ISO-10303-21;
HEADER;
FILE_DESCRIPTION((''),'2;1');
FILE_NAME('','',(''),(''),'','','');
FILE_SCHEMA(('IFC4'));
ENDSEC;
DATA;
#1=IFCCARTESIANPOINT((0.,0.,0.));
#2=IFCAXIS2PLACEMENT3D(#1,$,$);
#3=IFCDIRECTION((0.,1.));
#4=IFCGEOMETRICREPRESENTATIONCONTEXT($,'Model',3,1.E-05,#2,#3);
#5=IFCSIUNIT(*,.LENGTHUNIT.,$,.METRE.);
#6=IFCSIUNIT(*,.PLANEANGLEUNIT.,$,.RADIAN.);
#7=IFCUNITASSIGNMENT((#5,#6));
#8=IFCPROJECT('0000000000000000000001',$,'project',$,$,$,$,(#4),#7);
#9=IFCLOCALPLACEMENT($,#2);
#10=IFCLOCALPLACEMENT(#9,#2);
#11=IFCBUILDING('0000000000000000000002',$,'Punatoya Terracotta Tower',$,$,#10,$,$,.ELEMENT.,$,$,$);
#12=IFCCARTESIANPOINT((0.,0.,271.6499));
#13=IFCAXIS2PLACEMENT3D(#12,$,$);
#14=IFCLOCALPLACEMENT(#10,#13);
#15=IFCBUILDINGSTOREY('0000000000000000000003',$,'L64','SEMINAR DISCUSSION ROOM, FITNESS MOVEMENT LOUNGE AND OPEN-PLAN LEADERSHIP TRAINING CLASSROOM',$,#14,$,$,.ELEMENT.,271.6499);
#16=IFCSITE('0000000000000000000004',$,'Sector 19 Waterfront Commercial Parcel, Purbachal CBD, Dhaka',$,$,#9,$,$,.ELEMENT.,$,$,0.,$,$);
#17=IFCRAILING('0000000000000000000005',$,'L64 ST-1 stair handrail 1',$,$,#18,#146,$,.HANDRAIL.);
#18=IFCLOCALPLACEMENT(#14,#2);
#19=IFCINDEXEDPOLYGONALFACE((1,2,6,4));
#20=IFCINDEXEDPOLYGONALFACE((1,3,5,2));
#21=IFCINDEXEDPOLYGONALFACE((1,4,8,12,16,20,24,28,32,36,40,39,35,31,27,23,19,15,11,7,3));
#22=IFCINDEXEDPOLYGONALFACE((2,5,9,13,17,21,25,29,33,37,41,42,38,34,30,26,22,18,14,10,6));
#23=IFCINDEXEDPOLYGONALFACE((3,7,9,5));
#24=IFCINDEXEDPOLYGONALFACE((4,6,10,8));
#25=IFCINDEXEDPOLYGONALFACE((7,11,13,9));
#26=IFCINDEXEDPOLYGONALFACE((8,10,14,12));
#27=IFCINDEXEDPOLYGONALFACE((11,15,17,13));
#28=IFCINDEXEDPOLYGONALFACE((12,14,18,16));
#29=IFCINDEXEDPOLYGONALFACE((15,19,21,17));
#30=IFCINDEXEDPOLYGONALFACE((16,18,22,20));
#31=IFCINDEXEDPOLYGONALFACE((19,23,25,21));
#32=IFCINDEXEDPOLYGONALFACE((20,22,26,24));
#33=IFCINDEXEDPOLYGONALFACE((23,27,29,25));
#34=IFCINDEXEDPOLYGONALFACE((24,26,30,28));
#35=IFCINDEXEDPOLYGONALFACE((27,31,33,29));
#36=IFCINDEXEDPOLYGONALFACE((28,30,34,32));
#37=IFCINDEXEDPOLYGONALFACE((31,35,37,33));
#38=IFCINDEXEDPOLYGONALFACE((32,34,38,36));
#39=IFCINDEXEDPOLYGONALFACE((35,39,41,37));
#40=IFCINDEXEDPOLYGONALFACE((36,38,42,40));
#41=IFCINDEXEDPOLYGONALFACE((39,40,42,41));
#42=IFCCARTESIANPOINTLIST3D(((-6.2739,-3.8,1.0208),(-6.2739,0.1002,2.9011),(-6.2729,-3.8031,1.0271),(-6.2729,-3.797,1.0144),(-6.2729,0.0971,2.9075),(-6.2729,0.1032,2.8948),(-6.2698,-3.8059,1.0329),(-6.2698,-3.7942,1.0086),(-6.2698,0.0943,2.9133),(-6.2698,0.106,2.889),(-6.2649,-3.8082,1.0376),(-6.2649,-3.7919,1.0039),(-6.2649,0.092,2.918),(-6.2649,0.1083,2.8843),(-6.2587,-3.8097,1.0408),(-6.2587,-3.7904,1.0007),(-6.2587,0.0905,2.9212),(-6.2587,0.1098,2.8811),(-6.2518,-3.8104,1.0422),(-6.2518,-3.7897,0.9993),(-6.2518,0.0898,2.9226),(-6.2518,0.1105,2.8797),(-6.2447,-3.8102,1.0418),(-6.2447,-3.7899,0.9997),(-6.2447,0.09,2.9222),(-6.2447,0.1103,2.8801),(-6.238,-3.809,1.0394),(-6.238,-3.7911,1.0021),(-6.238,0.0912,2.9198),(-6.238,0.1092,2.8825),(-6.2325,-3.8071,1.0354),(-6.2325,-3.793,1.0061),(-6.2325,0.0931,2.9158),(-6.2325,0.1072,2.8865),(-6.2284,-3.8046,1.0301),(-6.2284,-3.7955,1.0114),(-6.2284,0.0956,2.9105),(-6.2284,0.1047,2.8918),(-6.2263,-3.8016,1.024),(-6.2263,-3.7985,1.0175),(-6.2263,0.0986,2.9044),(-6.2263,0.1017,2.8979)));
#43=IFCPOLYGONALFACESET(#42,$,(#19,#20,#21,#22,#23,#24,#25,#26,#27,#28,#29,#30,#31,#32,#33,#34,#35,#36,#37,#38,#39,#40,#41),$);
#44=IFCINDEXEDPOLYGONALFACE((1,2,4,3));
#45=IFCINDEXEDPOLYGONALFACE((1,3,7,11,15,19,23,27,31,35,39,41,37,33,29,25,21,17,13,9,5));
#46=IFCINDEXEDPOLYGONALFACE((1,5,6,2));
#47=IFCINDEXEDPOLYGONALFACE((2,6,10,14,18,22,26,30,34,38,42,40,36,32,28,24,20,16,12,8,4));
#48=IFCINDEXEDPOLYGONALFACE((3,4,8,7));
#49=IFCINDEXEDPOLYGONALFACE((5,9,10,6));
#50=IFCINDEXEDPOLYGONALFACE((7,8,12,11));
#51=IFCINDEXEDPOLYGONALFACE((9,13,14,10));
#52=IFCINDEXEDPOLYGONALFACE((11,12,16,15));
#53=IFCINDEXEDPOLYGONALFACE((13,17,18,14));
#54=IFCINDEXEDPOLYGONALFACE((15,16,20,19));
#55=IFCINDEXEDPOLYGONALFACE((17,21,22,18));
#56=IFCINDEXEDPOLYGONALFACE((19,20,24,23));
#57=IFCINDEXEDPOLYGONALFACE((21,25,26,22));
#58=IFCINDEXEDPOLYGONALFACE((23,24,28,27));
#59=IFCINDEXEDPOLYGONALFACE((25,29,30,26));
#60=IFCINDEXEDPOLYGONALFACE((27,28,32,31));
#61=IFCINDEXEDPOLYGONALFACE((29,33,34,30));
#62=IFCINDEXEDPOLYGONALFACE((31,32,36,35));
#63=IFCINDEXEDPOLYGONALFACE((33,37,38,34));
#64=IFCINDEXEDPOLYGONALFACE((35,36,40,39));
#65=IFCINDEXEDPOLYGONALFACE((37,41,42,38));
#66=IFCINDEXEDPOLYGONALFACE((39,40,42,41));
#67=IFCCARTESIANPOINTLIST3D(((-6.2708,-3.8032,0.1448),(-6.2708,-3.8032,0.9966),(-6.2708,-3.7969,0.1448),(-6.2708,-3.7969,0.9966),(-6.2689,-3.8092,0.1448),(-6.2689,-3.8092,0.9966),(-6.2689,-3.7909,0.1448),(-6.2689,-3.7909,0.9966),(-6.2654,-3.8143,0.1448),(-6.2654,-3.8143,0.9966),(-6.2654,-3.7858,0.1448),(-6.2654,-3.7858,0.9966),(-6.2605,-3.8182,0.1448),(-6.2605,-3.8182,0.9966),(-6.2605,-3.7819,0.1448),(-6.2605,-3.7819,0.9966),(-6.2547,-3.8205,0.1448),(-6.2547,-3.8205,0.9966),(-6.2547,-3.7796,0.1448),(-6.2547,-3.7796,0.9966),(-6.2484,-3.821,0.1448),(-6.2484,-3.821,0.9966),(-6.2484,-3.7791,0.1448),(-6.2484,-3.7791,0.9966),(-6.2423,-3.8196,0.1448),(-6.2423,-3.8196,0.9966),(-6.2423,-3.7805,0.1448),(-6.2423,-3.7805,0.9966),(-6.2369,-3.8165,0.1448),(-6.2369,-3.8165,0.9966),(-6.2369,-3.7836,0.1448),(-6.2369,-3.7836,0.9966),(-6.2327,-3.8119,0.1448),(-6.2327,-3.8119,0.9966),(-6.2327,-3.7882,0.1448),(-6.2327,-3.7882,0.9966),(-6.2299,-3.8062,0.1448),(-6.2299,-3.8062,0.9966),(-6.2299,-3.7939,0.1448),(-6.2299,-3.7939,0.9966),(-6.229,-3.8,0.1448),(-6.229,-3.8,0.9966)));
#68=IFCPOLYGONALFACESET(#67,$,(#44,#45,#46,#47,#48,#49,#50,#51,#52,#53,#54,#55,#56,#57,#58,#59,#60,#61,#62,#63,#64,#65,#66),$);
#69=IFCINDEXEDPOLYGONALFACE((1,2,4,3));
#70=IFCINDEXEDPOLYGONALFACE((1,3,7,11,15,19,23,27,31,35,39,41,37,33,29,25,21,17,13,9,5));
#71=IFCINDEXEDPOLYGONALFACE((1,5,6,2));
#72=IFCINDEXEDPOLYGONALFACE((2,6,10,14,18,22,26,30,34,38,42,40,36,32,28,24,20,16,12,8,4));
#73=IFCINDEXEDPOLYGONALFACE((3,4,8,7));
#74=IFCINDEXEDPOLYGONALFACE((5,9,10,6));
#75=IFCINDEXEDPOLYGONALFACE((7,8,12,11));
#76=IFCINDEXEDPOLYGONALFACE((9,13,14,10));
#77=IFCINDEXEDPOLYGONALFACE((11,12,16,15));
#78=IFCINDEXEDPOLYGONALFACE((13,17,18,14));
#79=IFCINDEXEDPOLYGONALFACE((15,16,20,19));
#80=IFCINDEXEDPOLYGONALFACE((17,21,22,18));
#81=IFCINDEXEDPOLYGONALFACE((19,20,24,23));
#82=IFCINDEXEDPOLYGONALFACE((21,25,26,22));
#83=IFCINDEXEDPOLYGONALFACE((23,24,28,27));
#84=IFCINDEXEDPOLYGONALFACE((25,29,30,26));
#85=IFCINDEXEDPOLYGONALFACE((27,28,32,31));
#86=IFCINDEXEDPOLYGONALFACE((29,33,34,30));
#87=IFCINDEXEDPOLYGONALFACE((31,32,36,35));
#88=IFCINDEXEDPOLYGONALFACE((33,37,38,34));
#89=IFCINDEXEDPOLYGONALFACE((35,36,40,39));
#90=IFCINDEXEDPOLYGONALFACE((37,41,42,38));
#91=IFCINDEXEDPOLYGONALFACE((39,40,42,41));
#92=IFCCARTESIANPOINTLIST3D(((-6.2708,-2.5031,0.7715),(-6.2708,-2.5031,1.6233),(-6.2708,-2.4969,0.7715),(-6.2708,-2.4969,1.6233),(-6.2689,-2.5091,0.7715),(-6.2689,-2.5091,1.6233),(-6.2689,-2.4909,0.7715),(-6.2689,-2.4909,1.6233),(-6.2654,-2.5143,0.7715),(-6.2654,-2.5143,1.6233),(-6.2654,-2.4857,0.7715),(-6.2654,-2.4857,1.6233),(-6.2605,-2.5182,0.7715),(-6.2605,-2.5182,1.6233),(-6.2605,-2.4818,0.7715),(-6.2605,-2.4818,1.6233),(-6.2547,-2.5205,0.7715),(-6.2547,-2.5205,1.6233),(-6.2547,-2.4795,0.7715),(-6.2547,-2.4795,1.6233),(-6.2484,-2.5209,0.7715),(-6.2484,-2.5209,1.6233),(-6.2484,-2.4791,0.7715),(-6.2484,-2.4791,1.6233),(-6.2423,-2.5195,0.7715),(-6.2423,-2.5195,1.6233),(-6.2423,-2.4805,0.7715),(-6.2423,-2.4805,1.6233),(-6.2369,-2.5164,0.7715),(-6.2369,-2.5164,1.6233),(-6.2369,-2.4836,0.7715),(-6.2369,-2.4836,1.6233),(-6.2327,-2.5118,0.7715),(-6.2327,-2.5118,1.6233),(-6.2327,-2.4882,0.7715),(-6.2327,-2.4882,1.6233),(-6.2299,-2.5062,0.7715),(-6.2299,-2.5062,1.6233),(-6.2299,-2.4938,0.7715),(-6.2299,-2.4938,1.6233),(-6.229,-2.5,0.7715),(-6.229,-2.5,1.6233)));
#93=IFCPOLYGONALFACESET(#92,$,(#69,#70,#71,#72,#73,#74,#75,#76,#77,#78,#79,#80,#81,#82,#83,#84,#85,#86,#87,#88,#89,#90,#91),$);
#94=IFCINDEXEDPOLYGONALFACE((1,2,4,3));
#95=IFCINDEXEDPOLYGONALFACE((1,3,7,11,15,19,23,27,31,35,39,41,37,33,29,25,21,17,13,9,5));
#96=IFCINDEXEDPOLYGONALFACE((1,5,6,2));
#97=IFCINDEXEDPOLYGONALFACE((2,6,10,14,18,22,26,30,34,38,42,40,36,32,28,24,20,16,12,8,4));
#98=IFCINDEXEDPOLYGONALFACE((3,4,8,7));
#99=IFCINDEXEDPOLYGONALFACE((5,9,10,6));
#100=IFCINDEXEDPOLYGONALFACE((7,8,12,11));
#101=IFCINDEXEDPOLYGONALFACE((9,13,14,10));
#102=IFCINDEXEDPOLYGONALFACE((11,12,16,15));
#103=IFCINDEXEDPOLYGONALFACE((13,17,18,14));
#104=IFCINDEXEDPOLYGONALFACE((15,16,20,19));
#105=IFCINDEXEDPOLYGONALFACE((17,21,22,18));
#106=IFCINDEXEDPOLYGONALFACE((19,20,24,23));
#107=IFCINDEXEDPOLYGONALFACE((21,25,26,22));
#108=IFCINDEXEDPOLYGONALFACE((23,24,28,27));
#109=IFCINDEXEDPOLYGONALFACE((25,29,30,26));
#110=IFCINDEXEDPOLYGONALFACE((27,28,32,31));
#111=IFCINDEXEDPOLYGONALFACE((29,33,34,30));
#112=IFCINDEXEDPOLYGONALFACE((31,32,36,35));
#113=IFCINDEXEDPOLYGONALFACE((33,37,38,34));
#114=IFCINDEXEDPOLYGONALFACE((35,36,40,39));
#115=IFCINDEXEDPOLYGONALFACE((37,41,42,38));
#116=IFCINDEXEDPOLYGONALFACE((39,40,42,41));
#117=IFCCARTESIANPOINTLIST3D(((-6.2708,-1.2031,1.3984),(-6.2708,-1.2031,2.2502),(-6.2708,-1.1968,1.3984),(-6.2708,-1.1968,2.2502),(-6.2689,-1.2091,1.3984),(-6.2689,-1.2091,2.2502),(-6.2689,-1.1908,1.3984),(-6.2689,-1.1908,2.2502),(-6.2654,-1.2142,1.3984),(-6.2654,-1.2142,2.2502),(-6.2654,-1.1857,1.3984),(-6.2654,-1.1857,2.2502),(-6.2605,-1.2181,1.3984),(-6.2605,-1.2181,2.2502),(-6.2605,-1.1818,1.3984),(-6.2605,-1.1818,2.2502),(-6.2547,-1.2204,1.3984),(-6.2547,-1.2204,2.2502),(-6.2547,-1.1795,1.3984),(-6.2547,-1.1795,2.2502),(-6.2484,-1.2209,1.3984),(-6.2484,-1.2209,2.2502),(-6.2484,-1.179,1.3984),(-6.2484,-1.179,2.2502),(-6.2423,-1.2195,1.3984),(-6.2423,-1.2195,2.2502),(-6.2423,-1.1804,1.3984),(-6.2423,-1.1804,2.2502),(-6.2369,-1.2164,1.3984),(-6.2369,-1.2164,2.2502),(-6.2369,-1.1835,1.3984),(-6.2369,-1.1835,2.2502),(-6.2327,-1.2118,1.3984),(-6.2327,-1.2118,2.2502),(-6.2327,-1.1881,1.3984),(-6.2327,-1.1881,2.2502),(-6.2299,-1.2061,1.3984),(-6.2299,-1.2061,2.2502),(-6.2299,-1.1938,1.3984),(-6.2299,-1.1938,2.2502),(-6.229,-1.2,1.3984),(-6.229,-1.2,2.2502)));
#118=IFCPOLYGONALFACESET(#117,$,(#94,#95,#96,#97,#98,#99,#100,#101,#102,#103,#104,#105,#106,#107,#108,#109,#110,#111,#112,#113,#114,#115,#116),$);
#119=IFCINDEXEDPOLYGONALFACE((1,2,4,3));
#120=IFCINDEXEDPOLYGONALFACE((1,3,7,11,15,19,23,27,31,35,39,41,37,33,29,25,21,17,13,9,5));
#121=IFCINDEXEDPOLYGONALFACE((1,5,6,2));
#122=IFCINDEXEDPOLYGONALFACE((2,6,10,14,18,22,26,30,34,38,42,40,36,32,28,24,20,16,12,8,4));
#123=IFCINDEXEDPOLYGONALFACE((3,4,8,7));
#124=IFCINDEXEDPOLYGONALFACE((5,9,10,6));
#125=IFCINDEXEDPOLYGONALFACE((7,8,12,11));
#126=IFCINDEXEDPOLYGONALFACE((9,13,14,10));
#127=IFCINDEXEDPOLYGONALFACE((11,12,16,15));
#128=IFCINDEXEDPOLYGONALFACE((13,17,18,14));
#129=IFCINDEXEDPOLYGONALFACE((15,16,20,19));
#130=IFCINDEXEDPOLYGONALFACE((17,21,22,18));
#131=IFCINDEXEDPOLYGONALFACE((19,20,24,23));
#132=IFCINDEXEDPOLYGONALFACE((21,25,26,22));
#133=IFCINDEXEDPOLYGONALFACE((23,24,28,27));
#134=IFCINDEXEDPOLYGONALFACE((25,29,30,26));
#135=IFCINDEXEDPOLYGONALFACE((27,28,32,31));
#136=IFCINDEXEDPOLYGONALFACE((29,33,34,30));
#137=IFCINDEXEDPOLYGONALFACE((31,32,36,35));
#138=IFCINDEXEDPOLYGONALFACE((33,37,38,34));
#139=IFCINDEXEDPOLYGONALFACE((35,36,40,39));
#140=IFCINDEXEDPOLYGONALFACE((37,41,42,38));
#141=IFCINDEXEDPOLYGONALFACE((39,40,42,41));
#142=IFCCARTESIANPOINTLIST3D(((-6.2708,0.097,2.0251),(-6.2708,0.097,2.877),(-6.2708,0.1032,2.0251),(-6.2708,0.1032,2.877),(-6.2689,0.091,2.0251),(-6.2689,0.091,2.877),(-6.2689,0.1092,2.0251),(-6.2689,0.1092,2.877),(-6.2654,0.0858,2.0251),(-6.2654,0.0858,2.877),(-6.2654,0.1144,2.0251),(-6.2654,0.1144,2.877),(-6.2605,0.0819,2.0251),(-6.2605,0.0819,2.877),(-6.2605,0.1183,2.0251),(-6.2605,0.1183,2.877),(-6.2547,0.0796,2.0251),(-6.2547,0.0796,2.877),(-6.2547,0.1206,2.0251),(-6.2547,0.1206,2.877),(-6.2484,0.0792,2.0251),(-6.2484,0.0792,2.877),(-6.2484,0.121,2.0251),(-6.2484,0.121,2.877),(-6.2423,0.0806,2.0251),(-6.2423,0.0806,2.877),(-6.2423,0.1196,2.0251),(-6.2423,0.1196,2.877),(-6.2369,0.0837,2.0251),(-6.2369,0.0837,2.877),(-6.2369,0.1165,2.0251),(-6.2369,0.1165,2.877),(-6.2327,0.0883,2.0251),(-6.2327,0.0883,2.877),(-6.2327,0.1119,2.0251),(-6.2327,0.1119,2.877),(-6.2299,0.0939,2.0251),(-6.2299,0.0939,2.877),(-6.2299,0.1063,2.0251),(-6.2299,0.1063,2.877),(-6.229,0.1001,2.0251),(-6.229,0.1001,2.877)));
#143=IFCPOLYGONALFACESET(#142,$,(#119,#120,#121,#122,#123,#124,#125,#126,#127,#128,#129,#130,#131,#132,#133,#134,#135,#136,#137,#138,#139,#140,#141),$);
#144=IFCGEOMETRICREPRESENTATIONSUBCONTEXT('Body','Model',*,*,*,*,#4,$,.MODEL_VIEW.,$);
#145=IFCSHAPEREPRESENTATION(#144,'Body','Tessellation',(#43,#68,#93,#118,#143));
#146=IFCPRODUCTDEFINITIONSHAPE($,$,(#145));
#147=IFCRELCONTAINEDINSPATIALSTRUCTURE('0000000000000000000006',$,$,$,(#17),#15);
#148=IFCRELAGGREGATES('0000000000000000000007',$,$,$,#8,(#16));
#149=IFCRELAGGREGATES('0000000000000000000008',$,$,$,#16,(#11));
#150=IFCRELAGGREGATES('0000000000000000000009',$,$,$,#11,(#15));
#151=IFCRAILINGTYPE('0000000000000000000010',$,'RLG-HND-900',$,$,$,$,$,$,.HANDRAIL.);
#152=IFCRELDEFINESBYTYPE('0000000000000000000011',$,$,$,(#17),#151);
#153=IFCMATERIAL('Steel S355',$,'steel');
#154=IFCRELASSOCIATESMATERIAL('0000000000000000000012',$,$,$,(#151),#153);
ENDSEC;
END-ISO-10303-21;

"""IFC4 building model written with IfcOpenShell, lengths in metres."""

from ifc_helpers import new_model, si_unit, direction, frame, origin, origin_2d, place, context, subcontext, project, spatial, circle, extrude, material, type_object, element, save


model = new_model("IFC4")

# Units and contexts
model_context = context("Model", 3, precision=1e-05, world=origin(), true_north=direction((0.0, 1.0)))
body_context = subcontext(model_context, "Body", "Model", "MODEL_VIEW")
ifc_project = project(units=[si_unit("LENGTHUNIT", "METRE"), si_unit("PLANEANGLEUNIT", "RADIAN")], contexts=[model_context])

# Site, building, storey
site_placement = place(None, origin())
site = spatial("IfcSite", under=ifc_project, at=site_placement, Name="Sector 19 Waterfront Commercial Parcel, Purbachal CBD, Dhaka", CompositionType="ELEMENT", RefElevation=0.0)
building_placement = place(site_placement, origin())
building = spatial("IfcBuilding", under=site, at=building_placement, Name="Punatoya Terracotta Tower", CompositionType="ELEMENT")
storey_placement = place(building_placement, frame((0.0, 0.0, 271.6499)))
storey = spatial("IfcBuildingStorey", under=building, at=storey_placement, Name="L64", Description="SEMINAR DISCUSSION ROOM, FITNESS MOVEMENT LOUNGE AND OPEN-PLAN LEADERSHIP TRAINING CLASSROOM", CompositionType="ELEMENT", Elevation=271.6499)

# Railing
ifc_material_1 = material(Name="Steel S355", Category="steel")
railing_type_1 = type_object("IfcRailingType", Name="RLG-HND-900", PredefinedType="HANDRAIL", material=ifc_material_1)
railing_1_placement = place(storey_placement, frame((-6.25, -3.8, 0.1448)))
element("IfcRailing", 1, at=railing_1_placement, inside=storey, type_object=railing_type_1, Name="L64 ST-1 stair handrail 1", PredefinedType="HANDRAIL", context=body_context, shape_type="SweptSolid", body=[
    extrude(circle(Radius=0.0239, at=origin_2d()), frame((0.0, 0.0, 0.876), z_axis=(0.0, 0.900774, 0.434289), x_axis=(-1.0, 0.0, 0.0)), (0.0, 0.0, 1.0), 4.3298),
    extrude(circle(Radius=0.021, at=origin_2d()), origin(), (0.0, 0.0, 1.0), 0.8518),
    extrude(circle(Radius=0.021, at=origin_2d()), frame((0.0, 1.3, 0.6267)), (0.0, 0.0, 1.0), 0.8518),
    extrude(circle(Radius=0.021, at=origin_2d()), frame((0.0, 2.6001, 1.2537)), (0.0, 0.0, 1.0), 0.8518),
    extrude(circle(Radius=0.021, at=origin_2d()), frame((0.0, 3.9001, 1.8804)), (0.0, 0.0, 1.0), 0.8518),
])

save(model, "model.ifc")
